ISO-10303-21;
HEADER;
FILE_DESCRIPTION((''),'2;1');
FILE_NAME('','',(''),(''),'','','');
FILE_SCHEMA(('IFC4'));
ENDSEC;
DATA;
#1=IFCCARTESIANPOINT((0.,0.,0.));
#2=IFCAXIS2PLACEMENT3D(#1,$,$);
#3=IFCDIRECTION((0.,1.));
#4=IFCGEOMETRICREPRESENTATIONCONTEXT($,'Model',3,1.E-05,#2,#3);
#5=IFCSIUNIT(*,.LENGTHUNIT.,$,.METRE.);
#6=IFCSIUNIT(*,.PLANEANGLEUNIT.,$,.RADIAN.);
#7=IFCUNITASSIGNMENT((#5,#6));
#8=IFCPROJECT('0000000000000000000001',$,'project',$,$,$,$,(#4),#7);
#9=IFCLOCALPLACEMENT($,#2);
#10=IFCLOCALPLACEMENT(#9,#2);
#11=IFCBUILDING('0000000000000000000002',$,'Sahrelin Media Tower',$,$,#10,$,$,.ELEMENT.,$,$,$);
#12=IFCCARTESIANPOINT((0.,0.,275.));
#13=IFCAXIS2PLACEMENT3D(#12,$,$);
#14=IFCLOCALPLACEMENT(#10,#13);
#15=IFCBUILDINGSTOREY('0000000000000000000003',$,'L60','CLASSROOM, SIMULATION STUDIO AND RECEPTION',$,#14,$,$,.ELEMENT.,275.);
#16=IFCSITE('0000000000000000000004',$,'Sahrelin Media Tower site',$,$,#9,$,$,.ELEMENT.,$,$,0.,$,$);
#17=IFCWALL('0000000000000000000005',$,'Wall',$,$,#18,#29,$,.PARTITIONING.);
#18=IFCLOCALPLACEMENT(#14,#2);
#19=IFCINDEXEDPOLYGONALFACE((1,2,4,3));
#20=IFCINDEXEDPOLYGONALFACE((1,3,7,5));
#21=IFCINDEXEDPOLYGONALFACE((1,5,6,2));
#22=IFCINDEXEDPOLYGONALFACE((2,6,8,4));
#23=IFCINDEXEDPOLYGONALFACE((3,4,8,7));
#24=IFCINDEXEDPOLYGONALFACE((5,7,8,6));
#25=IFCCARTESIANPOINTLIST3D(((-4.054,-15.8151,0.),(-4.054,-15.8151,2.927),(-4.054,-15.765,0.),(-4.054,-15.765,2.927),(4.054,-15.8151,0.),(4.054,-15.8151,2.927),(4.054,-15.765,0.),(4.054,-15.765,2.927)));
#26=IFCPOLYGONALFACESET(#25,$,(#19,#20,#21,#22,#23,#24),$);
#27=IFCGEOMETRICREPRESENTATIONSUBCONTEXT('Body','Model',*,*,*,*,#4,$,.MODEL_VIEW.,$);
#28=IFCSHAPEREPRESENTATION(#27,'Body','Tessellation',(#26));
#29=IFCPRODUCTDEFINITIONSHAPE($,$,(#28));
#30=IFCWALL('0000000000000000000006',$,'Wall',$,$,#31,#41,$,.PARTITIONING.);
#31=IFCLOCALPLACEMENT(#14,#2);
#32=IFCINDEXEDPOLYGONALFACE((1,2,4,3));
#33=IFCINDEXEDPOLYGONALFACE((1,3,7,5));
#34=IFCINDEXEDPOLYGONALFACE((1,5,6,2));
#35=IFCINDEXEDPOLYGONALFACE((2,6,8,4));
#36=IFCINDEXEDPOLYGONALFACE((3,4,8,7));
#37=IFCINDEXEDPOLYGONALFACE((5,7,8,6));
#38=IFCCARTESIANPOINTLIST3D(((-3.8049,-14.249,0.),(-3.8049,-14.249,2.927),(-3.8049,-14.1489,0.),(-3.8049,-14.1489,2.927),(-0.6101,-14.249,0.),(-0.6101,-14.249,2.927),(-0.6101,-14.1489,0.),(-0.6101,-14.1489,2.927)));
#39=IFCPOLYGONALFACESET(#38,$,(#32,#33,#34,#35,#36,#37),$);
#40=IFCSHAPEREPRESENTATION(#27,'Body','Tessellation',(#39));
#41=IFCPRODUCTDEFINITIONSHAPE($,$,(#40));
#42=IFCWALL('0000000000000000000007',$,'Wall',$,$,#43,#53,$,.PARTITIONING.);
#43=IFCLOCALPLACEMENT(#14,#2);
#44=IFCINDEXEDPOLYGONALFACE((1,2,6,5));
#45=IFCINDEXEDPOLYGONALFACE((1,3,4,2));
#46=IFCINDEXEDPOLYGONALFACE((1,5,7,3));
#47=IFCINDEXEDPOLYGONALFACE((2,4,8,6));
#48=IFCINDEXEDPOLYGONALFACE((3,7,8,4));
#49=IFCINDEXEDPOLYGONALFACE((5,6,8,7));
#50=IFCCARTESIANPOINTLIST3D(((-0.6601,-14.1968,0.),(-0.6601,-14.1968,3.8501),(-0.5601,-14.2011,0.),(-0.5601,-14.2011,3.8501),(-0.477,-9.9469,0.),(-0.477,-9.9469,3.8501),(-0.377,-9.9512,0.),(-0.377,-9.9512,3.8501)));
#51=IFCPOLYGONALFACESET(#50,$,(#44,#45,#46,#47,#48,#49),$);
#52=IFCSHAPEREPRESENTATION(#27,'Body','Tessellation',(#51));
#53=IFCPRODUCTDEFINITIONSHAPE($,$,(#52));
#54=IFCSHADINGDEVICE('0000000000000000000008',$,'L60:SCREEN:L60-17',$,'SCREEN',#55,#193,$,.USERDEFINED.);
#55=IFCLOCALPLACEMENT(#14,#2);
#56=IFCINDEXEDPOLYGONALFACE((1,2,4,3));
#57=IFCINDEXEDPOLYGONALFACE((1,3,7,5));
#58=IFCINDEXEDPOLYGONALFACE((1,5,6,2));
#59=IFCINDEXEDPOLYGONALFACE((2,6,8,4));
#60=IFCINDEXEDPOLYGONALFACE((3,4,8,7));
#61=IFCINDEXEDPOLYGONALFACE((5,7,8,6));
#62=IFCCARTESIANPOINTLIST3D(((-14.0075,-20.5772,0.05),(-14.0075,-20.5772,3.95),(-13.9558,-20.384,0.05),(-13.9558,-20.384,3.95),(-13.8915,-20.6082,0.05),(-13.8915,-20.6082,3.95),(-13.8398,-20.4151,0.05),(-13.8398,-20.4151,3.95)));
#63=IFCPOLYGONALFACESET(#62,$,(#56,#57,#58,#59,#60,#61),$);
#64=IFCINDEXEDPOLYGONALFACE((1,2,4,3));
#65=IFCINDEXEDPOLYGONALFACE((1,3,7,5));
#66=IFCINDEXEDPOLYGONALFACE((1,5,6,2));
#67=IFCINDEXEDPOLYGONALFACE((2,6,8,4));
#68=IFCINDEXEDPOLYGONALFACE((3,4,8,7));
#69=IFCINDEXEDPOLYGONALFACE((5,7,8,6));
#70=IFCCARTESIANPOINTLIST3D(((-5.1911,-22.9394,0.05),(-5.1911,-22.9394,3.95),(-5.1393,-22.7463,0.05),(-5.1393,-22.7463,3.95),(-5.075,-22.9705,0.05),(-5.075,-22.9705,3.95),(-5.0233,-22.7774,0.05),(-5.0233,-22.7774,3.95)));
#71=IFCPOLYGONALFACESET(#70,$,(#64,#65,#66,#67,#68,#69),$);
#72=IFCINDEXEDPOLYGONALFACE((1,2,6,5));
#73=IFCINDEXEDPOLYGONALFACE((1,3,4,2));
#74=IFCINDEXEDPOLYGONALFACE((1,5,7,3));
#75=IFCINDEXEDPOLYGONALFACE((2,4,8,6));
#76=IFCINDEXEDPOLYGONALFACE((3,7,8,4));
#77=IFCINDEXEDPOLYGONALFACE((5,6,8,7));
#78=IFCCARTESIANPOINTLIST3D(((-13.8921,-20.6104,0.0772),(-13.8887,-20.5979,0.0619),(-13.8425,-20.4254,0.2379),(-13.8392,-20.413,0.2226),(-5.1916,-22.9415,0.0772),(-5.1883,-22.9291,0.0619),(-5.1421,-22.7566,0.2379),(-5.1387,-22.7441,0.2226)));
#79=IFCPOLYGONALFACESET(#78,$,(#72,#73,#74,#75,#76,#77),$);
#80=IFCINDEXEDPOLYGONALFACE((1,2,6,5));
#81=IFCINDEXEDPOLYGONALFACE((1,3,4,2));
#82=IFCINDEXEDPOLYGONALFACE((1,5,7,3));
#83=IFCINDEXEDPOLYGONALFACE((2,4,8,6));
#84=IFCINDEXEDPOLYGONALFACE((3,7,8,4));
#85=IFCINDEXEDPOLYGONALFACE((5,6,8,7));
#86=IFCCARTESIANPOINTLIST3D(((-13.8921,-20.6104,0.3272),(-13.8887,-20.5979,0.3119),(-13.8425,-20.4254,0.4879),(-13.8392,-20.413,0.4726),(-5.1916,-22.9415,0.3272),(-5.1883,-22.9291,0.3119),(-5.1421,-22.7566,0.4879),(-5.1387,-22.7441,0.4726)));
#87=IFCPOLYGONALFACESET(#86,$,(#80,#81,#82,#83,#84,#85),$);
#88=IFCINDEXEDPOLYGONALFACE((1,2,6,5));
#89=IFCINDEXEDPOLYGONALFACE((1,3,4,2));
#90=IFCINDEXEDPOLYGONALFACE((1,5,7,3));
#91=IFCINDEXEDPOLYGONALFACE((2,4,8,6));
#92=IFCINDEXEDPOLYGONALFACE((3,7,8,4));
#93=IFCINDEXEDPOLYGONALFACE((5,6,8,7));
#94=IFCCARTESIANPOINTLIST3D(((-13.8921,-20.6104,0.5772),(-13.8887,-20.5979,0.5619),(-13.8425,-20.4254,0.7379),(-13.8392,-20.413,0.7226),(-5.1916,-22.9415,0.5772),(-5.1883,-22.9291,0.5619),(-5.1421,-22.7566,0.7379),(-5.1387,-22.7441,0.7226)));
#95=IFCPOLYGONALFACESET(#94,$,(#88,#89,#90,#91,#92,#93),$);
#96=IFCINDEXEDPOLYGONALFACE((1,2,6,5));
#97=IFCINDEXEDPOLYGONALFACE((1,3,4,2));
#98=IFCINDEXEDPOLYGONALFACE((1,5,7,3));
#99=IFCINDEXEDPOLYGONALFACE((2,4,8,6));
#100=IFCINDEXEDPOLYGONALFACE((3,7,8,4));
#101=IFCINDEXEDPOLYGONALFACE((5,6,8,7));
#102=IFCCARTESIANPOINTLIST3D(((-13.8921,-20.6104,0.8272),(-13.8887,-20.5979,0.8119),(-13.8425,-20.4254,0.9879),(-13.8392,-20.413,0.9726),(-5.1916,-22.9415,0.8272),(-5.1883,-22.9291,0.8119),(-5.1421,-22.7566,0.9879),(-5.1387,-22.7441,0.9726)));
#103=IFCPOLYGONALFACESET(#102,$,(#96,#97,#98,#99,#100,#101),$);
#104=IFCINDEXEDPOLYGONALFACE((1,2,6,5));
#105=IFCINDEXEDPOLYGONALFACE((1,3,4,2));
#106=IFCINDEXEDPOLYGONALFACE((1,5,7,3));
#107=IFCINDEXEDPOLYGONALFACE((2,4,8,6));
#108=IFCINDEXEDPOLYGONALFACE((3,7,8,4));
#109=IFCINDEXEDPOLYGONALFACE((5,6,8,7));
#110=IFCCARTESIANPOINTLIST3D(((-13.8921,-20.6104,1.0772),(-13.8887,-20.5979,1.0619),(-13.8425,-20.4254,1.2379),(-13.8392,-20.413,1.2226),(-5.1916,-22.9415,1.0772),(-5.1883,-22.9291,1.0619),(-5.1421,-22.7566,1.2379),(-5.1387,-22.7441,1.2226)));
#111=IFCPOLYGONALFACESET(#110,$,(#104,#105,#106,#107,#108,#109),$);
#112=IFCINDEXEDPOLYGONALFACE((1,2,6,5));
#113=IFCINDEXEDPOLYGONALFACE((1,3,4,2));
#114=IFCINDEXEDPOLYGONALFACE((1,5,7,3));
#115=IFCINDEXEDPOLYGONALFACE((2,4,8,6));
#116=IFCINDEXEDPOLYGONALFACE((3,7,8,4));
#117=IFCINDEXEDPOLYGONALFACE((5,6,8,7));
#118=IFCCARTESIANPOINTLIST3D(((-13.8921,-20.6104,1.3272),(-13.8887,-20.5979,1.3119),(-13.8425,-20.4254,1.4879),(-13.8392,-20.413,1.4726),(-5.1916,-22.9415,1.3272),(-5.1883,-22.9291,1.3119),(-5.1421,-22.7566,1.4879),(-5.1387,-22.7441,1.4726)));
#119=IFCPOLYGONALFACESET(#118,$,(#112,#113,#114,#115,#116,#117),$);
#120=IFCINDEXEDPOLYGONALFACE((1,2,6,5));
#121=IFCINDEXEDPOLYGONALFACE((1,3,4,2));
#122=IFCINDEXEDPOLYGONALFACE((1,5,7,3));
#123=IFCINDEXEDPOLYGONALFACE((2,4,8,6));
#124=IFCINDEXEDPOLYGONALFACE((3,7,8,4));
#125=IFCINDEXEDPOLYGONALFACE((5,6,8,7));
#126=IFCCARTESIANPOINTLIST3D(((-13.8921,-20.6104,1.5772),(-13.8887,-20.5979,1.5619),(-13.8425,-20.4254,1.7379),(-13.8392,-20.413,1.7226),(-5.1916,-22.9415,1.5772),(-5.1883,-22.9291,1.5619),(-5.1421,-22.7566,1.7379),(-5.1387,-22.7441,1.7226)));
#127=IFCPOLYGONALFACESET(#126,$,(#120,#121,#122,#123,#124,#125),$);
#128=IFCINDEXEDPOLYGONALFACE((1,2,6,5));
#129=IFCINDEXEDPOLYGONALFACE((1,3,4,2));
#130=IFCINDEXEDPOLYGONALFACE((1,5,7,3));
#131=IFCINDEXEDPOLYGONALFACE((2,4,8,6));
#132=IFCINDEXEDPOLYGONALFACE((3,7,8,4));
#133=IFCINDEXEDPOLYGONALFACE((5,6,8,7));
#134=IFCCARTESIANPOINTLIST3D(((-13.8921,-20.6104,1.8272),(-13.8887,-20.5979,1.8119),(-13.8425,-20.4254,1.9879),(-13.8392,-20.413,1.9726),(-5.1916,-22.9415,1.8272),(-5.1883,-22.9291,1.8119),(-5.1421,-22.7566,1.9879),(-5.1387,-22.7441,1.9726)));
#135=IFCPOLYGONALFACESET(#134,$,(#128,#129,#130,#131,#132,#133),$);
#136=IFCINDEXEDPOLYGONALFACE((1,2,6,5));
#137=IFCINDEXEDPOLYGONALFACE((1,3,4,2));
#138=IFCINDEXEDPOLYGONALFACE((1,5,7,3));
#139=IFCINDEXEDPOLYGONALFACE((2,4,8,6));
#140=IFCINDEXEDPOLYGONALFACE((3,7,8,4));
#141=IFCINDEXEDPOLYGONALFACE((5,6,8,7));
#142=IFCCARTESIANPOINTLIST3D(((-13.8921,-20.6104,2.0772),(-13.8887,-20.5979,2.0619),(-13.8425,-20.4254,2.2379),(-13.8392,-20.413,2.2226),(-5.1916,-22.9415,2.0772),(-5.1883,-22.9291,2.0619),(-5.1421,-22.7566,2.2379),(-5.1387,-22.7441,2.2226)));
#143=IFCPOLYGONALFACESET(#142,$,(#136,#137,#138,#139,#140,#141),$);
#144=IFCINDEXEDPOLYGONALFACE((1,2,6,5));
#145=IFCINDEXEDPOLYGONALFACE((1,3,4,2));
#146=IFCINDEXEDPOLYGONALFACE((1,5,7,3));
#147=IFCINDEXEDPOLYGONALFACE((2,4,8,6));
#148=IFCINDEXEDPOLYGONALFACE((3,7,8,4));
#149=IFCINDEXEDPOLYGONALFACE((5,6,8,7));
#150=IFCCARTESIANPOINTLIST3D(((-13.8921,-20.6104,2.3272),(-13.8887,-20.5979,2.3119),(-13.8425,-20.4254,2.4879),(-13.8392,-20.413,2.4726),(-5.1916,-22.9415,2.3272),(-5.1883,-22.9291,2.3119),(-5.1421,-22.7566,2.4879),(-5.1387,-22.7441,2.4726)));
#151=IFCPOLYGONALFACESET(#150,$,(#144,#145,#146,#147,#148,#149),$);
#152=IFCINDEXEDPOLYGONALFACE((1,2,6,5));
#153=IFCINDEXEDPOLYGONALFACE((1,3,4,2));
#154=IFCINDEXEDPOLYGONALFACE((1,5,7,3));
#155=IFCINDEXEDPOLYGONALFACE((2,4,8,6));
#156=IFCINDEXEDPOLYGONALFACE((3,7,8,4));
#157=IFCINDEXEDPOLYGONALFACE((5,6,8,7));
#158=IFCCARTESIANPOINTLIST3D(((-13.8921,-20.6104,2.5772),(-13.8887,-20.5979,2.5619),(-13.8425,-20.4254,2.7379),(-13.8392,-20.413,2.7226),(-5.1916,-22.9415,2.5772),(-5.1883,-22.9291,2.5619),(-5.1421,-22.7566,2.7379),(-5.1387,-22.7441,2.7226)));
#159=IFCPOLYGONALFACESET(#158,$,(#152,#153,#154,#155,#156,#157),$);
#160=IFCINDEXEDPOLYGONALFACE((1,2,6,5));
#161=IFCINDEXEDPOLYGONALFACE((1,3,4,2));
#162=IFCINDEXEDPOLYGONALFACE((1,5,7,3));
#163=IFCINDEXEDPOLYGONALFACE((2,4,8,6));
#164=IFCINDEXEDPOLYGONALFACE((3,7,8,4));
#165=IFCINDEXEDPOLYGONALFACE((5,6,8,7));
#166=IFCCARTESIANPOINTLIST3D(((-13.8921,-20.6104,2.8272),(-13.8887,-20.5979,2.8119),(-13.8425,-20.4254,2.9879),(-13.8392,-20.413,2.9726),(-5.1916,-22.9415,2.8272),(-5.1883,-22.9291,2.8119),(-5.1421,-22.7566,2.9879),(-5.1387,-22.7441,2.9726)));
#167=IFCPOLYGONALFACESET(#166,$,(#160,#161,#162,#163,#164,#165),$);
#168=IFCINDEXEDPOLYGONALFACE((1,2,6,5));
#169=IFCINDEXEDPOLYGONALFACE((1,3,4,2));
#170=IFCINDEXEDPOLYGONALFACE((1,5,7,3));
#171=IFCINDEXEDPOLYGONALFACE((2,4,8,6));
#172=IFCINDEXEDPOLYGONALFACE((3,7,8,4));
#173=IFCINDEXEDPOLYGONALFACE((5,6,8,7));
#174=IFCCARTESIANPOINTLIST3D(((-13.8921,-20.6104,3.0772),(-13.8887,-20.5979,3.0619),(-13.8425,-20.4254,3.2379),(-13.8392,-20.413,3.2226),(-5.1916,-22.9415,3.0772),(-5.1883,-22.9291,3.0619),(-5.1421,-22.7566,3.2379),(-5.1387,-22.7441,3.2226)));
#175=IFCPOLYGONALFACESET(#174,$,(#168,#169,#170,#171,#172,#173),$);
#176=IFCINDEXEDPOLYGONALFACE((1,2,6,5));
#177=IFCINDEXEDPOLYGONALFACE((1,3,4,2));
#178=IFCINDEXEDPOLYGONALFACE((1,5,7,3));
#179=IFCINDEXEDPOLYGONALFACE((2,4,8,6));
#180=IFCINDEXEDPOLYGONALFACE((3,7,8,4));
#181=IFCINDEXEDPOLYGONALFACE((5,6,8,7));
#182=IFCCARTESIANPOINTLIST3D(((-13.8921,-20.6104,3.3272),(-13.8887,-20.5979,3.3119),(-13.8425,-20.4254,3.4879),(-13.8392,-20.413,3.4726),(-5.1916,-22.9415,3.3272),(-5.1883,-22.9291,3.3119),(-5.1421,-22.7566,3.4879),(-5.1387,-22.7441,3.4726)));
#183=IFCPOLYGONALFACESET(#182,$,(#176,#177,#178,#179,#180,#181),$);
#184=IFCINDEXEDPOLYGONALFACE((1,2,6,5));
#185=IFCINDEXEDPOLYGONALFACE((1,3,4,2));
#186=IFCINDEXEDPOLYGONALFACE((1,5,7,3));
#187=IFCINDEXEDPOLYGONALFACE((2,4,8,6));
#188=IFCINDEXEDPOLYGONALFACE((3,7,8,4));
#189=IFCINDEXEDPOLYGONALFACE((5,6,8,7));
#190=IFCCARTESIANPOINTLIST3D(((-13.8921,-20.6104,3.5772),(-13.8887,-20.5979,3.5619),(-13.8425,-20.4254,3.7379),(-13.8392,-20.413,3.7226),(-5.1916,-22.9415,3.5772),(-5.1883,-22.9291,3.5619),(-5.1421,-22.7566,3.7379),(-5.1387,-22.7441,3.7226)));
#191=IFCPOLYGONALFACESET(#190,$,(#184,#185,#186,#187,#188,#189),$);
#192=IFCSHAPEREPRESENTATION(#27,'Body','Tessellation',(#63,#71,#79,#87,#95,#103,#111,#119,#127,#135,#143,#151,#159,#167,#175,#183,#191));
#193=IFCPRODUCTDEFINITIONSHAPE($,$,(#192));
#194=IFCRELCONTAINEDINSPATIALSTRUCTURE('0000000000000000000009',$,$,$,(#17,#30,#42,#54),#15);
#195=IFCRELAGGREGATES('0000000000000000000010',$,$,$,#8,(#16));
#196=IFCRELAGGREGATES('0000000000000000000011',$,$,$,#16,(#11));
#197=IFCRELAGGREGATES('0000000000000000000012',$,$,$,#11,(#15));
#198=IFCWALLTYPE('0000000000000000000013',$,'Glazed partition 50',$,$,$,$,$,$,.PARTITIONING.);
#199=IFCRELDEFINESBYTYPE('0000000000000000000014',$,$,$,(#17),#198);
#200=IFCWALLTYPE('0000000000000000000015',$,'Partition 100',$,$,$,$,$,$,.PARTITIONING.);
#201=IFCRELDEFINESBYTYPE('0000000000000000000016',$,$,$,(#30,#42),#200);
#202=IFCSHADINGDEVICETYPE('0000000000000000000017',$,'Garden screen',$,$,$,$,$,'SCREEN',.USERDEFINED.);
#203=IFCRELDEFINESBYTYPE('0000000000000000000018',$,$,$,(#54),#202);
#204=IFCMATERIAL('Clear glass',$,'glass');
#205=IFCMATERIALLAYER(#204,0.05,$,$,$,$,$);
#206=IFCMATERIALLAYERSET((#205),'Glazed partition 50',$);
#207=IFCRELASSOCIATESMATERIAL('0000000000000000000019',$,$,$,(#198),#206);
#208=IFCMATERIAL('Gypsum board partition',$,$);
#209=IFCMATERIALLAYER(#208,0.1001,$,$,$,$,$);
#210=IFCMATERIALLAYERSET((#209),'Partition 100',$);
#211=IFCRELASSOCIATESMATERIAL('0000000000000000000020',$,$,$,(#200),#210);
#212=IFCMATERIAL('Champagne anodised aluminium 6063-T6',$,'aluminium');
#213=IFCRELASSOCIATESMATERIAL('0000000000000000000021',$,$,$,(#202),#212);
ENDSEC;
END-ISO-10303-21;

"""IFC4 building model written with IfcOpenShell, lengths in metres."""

from ifc_helpers import new_model, si_unit, direction, frame, frame_2d, origin, origin_2d, place, context, subcontext, project, spatial, rectangle, extrude, material, layer, layer_set, type_object, element, save


model = new_model("IFC4")

# Units and contexts
model_context = context("Model", 3, precision=1e-05, world=origin(), true_north=direction((0.0, 1.0)))
body_context = subcontext(model_context, "Body", "Model", "MODEL_VIEW")
ifc_project = project(units=[si_unit("LENGTHUNIT", "METRE"), si_unit("PLANEANGLEUNIT", "RADIAN")], contexts=[model_context])

# Site, building, storey
site_placement = place(None, origin())
site = spatial("IfcSite", under=ifc_project, at=site_placement, Name="Sahrelin Media Tower site", CompositionType="ELEMENT", RefElevation=0.0)
building_placement = place(site_placement, origin())
building = spatial("IfcBuilding", under=site, at=building_placement, Name="Sahrelin Media Tower", CompositionType="ELEMENT")
storey_placement = place(building_placement, frame((0.0, 0.0, 275.0)))
storey = spatial("IfcBuildingStorey", under=building, at=storey_placement, Name="L60", Description="CLASSROOM, SIMULATION STUDIO AND RECEPTION", CompositionType="ELEMENT", Elevation=275.0)

# Walls
ifc_material_1 = material(Name="Clear glass", Category="glass")
ifc_layer_1 = layer(ifc_material_1, 0.05)
ifc_layer_set_1 = layer_set([ifc_layer_1], Name="Glazed partition 50")
wall_type_1 = type_object("IfcWallType", Name="Glazed partition 50", PredefinedType="PARTITIONING", material=ifc_layer_set_1)
wall_1_placement = place(storey_placement, frame((-4.054, -15.79, 0.0), z_axis=(0.0, 0.0, 1.0), x_axis=(1.0, 0.0, 0.0)))
element("IfcWall", 1, at=wall_1_placement, inside=storey, type_object=wall_type_1, Name="Wall", PredefinedType="PARTITIONING", context=body_context, shape_type="SweptSolid", body=[
    extrude(rectangle(XDim=8.1079, YDim=0.05, at=frame_2d((4.054, 0.0))), origin(), (0.0, 0.0, 1.0), 2.927),
])
ifc_material_2 = material(Name="Gypsum board partition")
ifc_layer_2 = layer(ifc_material_2, 0.1001)
ifc_layer_set_2 = layer_set([ifc_layer_2], Name="Partition 100")
wall_type_2 = type_object("IfcWallType", Name="Partition 100", PredefinedType="PARTITIONING", material=ifc_layer_set_2)
wall_2_placement = place(storey_placement, frame((-3.8049, -14.199, 0.0), z_axis=(0.0, 0.0, 1.0), x_axis=(1.0, 0.0, 0.0)))
element("IfcWall", 2, at=wall_2_placement, inside=storey, type_object=wall_type_2, Name="Wall", PredefinedType="PARTITIONING", context=body_context, shape_type="SweptSolid", body=[
    extrude(rectangle(XDim=3.1948, YDim=0.1001, at=frame_2d((1.5974, 0.0))), origin(), (0.0, 0.0, 1.0), 2.927),
])
wall_3_placement = place(storey_placement, frame((-0.6101, -14.199, 0.0), z_axis=(0.0, 0.0, 1.0), x_axis=(0.043044, 0.999073, 0.0)))
element("IfcWall", 3, at=wall_3_placement, inside=storey, type_object=wall_type_2, Name="Wall", PredefinedType="PARTITIONING", context=body_context, shape_type="SweptSolid", body=[
    extrude(rectangle(XDim=4.2539, YDim=0.1001, at=frame_2d((2.127, 0.0))), origin(), (0.0, 0.0, 1.0), 3.8501),
])

# Shading device
ifc_material_3 = material(Name="Champagne anodised aluminium 6063-T6", Category="aluminium")
shading_device_type = type_object("IfcShadingDeviceType", Name="Garden screen", ElementType="SCREEN", PredefinedType="USERDEFINED", material=ifc_material_3)
shading_device_1_placement = place(storey_placement, frame((-9.4895, -21.5806, 0.0), z_axis=(0.0, 0.0, 1.0), x_axis=(-0.965929, 0.258808, 0.0)))
element("IfcShadingDevice", 4, at=shading_device_1_placement, inside=storey, type_object=shading_device_type, Name="L60:SCREEN:L60-17", ObjectType="SCREEN", PredefinedType="USERDEFINED", context=body_context, shape_type="SweptSolid", body=[
    extrude(rectangle(XDim=0.1201, YDim=0.2, at=origin_2d()), frame((4.5637, 0.1001, 0.05), z_axis=(0.0, 0.0, 1.0), x_axis=(1.0, 0.0, 0.0)), (0.0, 0.0, 1.0), 3.8999),
    extrude(rectangle(XDim=0.1201, YDim=0.2, at=origin_2d()), frame((-4.5637, 0.1001, 0.05), z_axis=(0.0, 0.0, 1.0), x_axis=(1.0, 0.0, 0.0)), (0.0, 0.0, 1.0), 3.8999),
    extrude(rectangle(XDim=0.25, YDim=0.02, at=origin_2d()), frame((4.5037, 0.1001, 0.1499), z_axis=(-1.0, 0.0, 0.0), x_axis=(0.0, -0.766044, 0.642788)), (0.0, 0.0, 1.0), 9.0073),
    extrude(rectangle(XDim=0.25, YDim=0.02, at=origin_2d()), frame((4.5037, 0.1001, 0.3999), z_axis=(-1.0, 0.0, 0.0), x_axis=(0.0, -0.766044, 0.642788)), (0.0, 0.0, 1.0), 9.0073),
    extrude(rectangle(XDim=0.25, YDim=0.02, at=origin_2d()), frame((4.5037, 0.1001, 0.6499), z_axis=(-1.0, 0.0, 0.0), x_axis=(0.0, -0.766044, 0.642788)), (0.0, 0.0, 1.0), 9.0073),
    extrude(rectangle(XDim=0.25, YDim=0.02, at=origin_2d()), frame((4.5037, 0.1001, 0.8999), z_axis=(-1.0, 0.0, 0.0), x_axis=(0.0, -0.766044, 0.642788)), (0.0, 0.0, 1.0), 9.0073),
    extrude(rectangle(XDim=0.25, YDim=0.02, at=origin_2d()), frame((4.5037, 0.1001, 1.1499), z_axis=(-1.0, 0.0, 0.0), x_axis=(0.0, -0.766044, 0.642788)), (0.0, 0.0, 1.0), 9.0073),
    extrude(rectangle(XDim=0.25, YDim=0.02, at=origin_2d()), frame((4.5037, 0.1001, 1.3999), z_axis=(-1.0, 0.0, 0.0), x_axis=(0.0, -0.766044, 0.642788)), (0.0, 0.0, 1.0), 9.0073),
    extrude(rectangle(XDim=0.25, YDim=0.02, at=origin_2d()), frame((4.5037, 0.1001, 1.6499), z_axis=(-1.0, 0.0, 0.0), x_axis=(0.0, -0.766044, 0.642788)), (0.0, 0.0, 1.0), 9.0073),
    extrude(rectangle(XDim=0.25, YDim=0.02, at=origin_2d()), frame((4.5037, 0.1001, 1.8999), z_axis=(-1.0, 0.0, 0.0), x_axis=(0.0, -0.766044, 0.642788)), (0.0, 0.0, 1.0), 9.0073),
    extrude(rectangle(XDim=0.25, YDim=0.02, at=origin_2d()), frame((4.5037, 0.1001, 2.1499), z_axis=(-1.0, 0.0, 0.0), x_axis=(0.0, -0.766044, 0.642788)), (0.0, 0.0, 1.0), 9.0073),
    extrude(rectangle(XDim=0.25, YDim=0.02, at=origin_2d()), frame((4.5037, 0.1001, 2.3999), z_axis=(-1.0, 0.0, 0.0), x_axis=(0.0, -0.766044, 0.642788)), (0.0, 0.0, 1.0), 9.0073),
    extrude(rectangle(XDim=0.25, YDim=0.02, at=origin_2d()), frame((4.5037, 0.1001, 2.6499), z_axis=(-1.0, 0.0, 0.0), x_axis=(0.0, -0.766044, 0.642788)), (0.0, 0.0, 1.0), 9.0073),
    extrude(rectangle(XDim=0.25, YDim=0.02, at=origin_2d()), frame((4.5037, 0.1001, 2.8999), z_axis=(-1.0, 0.0, 0.0), x_axis=(0.0, -0.766044, 0.642788)), (0.0, 0.0, 1.0), 9.0073),
    extrude(rectangle(XDim=0.25, YDim=0.02, at=origin_2d()), frame((4.5037, 0.1001, 3.1499), z_axis=(-1.0, 0.0, 0.0), x_axis=(0.0, -0.766044, 0.642788)), (0.0, 0.0, 1.0), 9.0073),
    extrude(rectangle(XDim=0.25, YDim=0.02, at=origin_2d()), frame((4.5037, 0.1001, 3.3999), z_axis=(-1.0, 0.0, 0.0), x_axis=(0.0, -0.766044, 0.642788)), (0.0, 0.0, 1.0), 9.0073),
    extrude(rectangle(XDim=0.25, YDim=0.02, at=origin_2d()), frame((4.5037, 0.1001, 3.6499), z_axis=(-1.0, 0.0, 0.0), x_axis=(0.0, -0.766044, 0.642788)), (0.0, 0.0, 1.0), 9.0073),
])

save(model, "model.ifc")
